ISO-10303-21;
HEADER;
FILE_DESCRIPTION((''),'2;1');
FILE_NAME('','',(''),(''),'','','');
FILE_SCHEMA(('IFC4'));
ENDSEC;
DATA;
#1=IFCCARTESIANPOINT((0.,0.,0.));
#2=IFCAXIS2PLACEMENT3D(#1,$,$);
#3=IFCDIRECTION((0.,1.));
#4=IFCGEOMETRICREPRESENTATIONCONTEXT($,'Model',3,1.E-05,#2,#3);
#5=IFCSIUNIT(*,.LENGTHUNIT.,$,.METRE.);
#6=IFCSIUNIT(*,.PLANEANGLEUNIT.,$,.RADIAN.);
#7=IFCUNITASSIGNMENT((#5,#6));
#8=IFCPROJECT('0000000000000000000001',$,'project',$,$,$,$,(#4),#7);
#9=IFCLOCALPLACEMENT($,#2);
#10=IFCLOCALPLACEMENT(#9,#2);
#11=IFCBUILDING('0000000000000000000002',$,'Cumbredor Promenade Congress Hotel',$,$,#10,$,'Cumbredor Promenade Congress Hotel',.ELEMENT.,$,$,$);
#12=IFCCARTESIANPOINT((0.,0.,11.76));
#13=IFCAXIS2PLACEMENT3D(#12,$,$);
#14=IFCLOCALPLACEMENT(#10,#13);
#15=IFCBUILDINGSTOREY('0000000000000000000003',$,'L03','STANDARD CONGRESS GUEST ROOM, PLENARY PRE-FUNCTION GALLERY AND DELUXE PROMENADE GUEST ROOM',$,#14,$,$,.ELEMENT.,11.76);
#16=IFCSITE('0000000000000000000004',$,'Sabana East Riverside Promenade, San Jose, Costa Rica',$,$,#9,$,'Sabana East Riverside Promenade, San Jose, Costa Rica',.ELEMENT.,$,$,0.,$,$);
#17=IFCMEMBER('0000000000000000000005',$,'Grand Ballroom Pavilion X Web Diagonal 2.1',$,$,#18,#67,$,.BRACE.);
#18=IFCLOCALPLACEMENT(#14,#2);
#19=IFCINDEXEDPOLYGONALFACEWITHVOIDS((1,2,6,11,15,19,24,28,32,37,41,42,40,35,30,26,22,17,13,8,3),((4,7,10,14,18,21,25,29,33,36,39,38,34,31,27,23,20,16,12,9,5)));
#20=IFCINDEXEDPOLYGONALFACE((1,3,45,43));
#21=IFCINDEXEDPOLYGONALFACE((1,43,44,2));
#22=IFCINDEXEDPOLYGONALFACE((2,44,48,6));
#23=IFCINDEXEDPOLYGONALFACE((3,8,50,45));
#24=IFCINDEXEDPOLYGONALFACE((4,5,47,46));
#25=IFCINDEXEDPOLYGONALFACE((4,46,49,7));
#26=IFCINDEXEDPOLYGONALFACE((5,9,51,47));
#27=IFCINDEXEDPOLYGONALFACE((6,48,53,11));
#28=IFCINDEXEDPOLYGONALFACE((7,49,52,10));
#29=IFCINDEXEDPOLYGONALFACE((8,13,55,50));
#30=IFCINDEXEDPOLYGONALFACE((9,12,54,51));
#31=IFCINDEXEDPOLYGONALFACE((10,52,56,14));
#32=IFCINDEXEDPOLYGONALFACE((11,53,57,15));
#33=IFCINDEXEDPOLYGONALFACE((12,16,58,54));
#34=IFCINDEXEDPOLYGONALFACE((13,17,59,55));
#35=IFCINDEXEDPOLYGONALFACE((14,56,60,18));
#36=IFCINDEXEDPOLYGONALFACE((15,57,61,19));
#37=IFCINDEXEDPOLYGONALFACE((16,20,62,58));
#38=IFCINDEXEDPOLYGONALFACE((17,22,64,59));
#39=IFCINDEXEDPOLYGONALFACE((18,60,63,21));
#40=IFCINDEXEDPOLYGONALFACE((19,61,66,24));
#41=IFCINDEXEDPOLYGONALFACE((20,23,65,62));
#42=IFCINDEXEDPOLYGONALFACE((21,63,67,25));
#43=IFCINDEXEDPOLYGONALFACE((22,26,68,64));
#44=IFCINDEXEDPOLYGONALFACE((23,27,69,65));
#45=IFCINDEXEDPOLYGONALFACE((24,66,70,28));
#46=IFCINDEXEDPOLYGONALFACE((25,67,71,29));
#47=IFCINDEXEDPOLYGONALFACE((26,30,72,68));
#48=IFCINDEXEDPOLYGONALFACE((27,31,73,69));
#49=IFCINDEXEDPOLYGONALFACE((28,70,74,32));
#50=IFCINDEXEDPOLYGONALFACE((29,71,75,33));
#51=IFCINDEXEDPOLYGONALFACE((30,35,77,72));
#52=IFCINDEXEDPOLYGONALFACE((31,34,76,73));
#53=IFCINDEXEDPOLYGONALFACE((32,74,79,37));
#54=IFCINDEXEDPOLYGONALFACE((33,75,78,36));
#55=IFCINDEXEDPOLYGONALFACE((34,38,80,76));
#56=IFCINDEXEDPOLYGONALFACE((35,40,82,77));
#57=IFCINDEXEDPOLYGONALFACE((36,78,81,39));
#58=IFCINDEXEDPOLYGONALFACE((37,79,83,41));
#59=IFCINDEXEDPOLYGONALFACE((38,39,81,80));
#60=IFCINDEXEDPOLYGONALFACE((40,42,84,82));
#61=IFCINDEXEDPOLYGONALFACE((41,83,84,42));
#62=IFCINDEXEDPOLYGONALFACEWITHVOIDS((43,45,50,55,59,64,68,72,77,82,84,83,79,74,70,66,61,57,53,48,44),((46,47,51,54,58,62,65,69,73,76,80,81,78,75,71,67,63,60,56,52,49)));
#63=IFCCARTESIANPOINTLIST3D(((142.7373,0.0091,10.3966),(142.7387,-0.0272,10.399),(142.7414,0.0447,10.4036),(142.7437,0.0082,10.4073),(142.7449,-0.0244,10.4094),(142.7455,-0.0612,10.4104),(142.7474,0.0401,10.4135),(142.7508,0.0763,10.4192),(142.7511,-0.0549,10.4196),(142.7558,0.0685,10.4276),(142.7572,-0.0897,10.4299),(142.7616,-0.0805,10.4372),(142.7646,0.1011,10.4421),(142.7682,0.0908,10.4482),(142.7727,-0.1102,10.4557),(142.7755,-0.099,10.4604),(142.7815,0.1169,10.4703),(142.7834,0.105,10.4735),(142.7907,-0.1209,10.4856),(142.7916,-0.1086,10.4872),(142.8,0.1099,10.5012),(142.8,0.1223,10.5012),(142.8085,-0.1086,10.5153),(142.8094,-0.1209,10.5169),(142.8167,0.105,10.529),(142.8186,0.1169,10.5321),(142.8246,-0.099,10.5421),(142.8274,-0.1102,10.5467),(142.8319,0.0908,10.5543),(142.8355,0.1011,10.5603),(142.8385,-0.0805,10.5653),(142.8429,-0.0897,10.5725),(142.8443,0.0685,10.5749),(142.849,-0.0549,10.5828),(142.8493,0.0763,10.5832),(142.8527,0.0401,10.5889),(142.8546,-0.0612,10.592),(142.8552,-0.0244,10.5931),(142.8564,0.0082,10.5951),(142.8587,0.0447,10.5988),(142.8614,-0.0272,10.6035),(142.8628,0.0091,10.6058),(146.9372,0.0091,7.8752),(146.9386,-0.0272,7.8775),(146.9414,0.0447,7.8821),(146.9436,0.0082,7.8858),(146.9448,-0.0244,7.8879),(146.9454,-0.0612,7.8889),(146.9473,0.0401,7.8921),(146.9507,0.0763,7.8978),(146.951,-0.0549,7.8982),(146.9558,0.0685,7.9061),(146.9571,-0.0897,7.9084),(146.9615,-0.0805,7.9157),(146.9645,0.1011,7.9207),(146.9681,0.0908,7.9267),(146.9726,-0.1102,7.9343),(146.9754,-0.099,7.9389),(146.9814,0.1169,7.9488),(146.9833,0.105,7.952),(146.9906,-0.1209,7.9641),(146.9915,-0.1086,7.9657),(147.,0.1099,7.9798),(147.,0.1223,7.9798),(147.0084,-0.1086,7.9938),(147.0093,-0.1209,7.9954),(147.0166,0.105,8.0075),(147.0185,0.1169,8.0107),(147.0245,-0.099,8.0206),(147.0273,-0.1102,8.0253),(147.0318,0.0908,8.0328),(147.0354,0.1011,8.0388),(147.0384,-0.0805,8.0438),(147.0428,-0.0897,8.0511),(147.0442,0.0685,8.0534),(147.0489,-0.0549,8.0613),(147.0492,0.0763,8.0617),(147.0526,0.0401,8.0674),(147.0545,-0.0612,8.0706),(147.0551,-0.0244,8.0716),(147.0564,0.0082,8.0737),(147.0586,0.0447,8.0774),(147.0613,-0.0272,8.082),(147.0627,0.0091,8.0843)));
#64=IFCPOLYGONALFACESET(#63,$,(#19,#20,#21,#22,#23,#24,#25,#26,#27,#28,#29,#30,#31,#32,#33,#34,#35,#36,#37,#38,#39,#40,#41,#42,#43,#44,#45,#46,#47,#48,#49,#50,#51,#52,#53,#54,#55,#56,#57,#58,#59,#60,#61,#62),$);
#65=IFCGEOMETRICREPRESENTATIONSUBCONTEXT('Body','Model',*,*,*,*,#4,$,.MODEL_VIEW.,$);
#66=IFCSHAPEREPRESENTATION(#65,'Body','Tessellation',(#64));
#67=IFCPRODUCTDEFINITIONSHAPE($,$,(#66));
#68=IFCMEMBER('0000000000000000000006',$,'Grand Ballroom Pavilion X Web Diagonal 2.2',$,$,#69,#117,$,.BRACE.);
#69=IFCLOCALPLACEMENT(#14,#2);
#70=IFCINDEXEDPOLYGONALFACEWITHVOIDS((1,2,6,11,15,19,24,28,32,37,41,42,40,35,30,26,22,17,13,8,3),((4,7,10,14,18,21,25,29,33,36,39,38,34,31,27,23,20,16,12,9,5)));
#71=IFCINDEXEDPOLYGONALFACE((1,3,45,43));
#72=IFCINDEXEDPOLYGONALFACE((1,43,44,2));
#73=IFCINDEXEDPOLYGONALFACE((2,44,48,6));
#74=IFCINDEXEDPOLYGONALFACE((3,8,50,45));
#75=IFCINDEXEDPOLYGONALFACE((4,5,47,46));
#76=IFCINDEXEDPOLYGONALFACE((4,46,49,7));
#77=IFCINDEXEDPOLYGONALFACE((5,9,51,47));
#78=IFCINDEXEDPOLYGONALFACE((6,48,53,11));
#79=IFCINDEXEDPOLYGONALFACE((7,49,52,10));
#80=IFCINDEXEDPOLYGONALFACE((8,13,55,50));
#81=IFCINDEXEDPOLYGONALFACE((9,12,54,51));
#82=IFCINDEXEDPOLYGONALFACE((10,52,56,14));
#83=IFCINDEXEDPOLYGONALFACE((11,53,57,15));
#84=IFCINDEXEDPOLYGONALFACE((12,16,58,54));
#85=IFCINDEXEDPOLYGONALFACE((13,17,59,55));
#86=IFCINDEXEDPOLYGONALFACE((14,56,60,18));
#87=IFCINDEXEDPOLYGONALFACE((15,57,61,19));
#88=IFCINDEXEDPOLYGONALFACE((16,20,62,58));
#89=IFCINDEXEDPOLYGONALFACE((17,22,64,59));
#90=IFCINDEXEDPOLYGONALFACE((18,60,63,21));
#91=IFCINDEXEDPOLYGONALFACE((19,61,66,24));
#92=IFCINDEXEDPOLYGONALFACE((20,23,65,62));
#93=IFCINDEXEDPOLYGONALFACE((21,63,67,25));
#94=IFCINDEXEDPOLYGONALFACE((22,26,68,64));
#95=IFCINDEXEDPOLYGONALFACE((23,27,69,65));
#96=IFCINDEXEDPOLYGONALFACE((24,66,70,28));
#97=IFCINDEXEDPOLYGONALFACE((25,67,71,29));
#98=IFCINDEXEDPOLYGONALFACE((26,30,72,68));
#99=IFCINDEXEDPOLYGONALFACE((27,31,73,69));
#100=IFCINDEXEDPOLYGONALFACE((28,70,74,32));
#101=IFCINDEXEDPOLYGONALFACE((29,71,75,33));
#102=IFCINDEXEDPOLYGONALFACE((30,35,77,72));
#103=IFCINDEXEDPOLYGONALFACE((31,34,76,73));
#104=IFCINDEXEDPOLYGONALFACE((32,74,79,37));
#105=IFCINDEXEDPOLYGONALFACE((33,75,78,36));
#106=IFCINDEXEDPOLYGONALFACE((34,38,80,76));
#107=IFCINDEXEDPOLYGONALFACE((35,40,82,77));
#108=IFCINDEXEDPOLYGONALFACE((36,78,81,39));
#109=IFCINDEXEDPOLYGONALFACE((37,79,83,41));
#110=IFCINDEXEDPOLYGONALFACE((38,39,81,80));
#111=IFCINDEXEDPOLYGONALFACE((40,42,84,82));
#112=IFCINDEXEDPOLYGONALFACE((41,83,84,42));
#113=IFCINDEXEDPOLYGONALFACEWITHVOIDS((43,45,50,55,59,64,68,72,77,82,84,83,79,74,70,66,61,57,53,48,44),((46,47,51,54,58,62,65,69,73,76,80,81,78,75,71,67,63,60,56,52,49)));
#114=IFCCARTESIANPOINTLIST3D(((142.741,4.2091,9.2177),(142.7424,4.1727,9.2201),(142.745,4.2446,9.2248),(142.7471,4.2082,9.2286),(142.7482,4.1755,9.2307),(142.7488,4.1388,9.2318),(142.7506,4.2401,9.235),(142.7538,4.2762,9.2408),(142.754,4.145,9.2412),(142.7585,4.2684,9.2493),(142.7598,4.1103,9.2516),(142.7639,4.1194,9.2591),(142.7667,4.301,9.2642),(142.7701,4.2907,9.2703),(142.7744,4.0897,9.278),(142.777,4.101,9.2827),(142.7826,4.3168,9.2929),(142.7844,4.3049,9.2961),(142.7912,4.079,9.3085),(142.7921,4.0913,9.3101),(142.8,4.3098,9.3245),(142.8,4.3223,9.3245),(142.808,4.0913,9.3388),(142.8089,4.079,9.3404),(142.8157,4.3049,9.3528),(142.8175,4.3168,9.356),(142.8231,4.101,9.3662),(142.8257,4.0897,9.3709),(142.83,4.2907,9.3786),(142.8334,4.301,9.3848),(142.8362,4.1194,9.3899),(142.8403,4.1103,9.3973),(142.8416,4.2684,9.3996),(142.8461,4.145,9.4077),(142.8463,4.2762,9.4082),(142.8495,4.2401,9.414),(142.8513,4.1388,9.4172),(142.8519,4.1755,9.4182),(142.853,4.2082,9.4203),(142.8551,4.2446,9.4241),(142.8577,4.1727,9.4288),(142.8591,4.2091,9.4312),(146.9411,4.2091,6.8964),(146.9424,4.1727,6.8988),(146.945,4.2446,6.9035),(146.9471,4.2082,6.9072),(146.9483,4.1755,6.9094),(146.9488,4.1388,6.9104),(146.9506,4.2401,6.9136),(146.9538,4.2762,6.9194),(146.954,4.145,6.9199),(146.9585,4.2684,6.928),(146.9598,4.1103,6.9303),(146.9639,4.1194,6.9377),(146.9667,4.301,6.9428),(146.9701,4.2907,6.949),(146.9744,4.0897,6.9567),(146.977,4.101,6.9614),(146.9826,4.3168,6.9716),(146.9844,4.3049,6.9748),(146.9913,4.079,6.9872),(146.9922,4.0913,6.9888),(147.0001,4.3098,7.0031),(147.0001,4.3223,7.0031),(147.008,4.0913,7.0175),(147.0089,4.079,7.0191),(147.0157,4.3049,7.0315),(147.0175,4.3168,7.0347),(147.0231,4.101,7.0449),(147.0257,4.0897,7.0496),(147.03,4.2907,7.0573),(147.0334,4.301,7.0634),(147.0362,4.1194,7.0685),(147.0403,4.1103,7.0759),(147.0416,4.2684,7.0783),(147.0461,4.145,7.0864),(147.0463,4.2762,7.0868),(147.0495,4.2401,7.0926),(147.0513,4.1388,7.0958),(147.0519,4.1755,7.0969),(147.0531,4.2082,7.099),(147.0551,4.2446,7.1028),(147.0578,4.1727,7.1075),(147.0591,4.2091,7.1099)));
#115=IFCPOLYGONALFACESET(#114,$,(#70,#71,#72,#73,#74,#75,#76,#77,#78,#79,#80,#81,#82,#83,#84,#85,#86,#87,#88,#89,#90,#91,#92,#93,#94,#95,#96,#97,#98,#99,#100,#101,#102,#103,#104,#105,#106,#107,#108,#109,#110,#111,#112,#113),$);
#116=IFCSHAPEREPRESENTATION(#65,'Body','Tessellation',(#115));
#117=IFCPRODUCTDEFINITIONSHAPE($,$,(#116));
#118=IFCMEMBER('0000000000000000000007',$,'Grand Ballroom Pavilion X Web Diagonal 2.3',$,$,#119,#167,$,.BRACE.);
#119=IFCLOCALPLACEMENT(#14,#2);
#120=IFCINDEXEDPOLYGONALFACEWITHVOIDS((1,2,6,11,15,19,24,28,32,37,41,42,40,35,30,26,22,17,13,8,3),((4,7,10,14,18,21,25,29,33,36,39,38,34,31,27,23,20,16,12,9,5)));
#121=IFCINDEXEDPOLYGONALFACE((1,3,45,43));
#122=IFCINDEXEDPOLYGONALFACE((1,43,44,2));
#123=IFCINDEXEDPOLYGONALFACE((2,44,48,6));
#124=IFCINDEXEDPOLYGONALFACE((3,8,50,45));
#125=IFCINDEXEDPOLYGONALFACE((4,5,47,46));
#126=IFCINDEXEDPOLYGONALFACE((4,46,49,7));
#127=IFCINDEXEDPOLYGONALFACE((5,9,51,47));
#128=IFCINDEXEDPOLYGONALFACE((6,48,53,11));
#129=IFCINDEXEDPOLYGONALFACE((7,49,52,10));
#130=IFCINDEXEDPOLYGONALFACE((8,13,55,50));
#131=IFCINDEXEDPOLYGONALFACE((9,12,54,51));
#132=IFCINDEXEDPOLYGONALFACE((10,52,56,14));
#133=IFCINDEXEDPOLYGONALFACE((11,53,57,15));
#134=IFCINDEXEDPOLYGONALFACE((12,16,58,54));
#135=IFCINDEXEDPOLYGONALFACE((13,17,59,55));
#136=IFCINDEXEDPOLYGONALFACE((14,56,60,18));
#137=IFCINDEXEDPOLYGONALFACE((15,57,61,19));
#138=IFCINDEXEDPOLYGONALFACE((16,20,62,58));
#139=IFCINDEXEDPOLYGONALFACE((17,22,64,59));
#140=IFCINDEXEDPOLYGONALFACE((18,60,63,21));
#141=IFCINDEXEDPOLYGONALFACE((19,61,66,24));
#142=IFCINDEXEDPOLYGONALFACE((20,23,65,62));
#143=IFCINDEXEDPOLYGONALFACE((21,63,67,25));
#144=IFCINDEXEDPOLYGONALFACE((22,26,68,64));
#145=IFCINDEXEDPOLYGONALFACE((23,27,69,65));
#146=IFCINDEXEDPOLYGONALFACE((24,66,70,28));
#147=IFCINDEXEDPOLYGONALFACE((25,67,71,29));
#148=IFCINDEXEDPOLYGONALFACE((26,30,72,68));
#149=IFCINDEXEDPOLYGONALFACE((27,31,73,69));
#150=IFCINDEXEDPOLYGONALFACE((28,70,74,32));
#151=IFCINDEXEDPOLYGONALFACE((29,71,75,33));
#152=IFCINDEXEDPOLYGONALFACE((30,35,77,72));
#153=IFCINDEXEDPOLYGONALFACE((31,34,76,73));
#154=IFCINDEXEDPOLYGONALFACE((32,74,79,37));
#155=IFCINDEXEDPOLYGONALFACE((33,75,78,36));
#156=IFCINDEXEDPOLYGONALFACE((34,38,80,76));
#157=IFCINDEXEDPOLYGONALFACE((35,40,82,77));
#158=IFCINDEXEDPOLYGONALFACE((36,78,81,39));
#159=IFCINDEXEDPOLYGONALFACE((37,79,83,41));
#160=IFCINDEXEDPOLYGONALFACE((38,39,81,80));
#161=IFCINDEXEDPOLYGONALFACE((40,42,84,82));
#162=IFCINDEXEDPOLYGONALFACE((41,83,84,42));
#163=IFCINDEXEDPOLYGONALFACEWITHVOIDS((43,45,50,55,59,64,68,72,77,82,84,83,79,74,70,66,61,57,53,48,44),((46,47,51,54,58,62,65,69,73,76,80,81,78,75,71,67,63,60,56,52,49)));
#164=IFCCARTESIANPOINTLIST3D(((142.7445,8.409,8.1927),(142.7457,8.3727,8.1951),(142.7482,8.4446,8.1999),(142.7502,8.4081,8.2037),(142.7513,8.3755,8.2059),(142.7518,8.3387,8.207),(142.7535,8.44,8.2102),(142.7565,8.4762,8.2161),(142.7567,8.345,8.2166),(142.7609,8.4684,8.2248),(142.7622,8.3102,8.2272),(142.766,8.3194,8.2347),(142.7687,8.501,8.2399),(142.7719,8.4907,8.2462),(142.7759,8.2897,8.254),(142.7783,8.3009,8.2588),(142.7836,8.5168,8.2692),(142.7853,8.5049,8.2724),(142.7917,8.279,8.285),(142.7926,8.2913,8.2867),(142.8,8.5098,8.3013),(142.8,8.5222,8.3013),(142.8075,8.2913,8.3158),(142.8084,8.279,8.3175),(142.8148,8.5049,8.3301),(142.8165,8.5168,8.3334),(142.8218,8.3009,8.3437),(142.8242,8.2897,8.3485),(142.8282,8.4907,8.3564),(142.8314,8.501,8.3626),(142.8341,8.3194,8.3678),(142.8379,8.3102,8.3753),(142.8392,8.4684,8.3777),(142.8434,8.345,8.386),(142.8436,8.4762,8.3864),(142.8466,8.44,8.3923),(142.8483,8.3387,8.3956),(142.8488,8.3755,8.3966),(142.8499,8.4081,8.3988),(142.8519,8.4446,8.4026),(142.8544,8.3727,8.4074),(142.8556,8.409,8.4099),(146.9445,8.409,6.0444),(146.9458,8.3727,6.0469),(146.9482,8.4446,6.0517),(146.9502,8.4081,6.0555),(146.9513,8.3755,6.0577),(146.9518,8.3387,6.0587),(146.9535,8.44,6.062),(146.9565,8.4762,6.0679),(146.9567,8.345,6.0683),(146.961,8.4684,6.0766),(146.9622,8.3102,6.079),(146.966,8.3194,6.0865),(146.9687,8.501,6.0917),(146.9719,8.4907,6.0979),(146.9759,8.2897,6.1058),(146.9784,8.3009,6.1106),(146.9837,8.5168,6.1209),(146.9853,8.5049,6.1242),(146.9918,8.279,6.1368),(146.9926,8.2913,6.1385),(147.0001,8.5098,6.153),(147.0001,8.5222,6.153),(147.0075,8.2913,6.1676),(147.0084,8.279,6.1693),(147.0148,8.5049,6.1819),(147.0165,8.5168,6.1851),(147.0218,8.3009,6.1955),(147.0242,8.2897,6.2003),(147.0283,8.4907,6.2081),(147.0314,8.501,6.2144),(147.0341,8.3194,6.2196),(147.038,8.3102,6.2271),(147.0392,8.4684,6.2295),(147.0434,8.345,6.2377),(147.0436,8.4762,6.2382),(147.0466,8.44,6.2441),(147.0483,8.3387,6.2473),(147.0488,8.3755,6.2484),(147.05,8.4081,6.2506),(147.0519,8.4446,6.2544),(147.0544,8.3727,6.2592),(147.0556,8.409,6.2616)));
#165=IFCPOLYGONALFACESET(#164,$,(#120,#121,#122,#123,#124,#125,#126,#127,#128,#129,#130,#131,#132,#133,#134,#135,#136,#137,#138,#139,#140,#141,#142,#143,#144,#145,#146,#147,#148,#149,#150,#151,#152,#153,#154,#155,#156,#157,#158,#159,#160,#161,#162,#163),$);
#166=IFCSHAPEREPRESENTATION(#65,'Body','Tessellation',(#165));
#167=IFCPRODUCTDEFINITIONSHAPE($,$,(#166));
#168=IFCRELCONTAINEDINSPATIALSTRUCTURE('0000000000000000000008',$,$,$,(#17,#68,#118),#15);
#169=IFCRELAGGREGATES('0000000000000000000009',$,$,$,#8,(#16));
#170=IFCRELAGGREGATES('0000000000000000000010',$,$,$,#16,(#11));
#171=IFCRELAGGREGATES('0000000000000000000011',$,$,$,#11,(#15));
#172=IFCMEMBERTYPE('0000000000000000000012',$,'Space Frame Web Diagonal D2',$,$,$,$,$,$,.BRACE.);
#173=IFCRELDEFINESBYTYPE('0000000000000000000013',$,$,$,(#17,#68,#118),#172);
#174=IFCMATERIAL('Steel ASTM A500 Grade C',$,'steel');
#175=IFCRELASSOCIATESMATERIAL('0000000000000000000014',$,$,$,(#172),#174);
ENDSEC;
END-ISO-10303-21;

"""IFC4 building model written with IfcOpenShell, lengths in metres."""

from ifc_helpers import new_model, si_unit, direction, frame, origin, origin_2d, place, context, subcontext, project, spatial, hollow_circle, extrude, material, material_profile, profile_set, type_object, element, save


model = new_model("IFC4")

# Units and contexts
model_context = context("Model", 3, precision=1e-05, world=origin(), true_north=direction((0.0, 1.0)))
body_context = subcontext(model_context, "Body", "Model", "MODEL_VIEW")
ifc_project = project(units=[si_unit("LENGTHUNIT", "METRE"), si_unit("PLANEANGLEUNIT", "RADIAN")], contexts=[model_context])

# Site, building, storey
site_placement = place(None, origin())
site = spatial("IfcSite", under=ifc_project, at=site_placement, Name="Sabana East Riverside Promenade, San Jose, Costa Rica", LongName="Sabana East Riverside Promenade, San Jose, Costa Rica", CompositionType="ELEMENT", RefElevation=0.0)
building_placement = place(site_placement, origin())
building = spatial("IfcBuilding", under=site, at=building_placement, Name="Cumbredor Promenade Congress Hotel", LongName="Cumbredor Promenade Congress Hotel", CompositionType="ELEMENT")
storey_placement = place(building_placement, frame((0.0, 0.0, 11.76)))
storey = spatial("IfcBuildingStorey", under=building, at=storey_placement, Name="L03", Description="STANDARD CONGRESS GUEST ROOM, PLENARY PRE-FUNCTION GALLERY AND DELUXE PROMENADE GUEST ROOM", CompositionType="ELEMENT", Elevation=11.76)

# Shared definitions
ifc_material_1 = material(Name="Steel ASTM A500 Grade C", Category="steel")

# Members
ifc_material_profile_1 = material_profile(ifc_material_1, hollow_circle(Radius=0.1223, WallThickness=0.0125, at=origin_2d()), Name="CHS 244.5x12.5")
ifc_profile_set_1 = profile_set([ifc_material_profile_1], Name="Steel ASTM A500 Grade C")
member_type_1 = type_object("IfcMemberType", Name="Space Frame Web Diagonal D2", PredefinedType="BRACE", material=ifc_profile_set_1)
member_1_placement = place(storey_placement, frame((142.8, 0.0, 10.5012), z_axis=(0.857357, 0.0, -0.514723), x_axis=(0.0, 1.0, 0.0)))
element("IfcMember", 1, at=member_1_placement, inside=storey, type_object=member_type_1, Name="Grand Ballroom Pavilion X Web Diagonal 2.1", PredefinedType="BRACE", context=body_context, shape_type="SweptSolid", body=[
    extrude(hollow_circle(Radius=0.1223, WallThickness=0.0125, at=origin_2d()), origin(), (0.0, 0.0, 1.0), 4.8987),
])
member_2_placement = place(storey_placement, frame((142.8, 4.2, 9.3245), z_axis=(0.875218, 0.0, -0.483728), x_axis=(0.0, 1.0, 0.0)))
element("IfcMember", 2, at=member_2_placement, inside=storey, type_object=member_type_1, Name="Grand Ballroom Pavilion X Web Diagonal 2.2", PredefinedType="BRACE", context=body_context, shape_type="SweptSolid", body=[
    extrude(hollow_circle(Radius=0.1223, WallThickness=0.0125, at=origin_2d()), origin(), (0.0, 0.0, 1.0), 4.7988),
])
member_3_placement = place(storey_placement, frame((142.8, 8.3999, 8.3013), z_axis=(0.890301, 0.0, -0.455372), x_axis=(0.0, 1.0, 0.0)))
element("IfcMember", 3, at=member_3_placement, inside=storey, type_object=member_type_1, Name="Grand Ballroom Pavilion X Web Diagonal 2.3", PredefinedType="BRACE", context=body_context, shape_type="SweptSolid", body=[
    extrude(hollow_circle(Radius=0.1223, WallThickness=0.0125, at=origin_2d()), origin(), (0.0, 0.0, 1.0), 4.7175),
])

save(model, "model.ifc")
